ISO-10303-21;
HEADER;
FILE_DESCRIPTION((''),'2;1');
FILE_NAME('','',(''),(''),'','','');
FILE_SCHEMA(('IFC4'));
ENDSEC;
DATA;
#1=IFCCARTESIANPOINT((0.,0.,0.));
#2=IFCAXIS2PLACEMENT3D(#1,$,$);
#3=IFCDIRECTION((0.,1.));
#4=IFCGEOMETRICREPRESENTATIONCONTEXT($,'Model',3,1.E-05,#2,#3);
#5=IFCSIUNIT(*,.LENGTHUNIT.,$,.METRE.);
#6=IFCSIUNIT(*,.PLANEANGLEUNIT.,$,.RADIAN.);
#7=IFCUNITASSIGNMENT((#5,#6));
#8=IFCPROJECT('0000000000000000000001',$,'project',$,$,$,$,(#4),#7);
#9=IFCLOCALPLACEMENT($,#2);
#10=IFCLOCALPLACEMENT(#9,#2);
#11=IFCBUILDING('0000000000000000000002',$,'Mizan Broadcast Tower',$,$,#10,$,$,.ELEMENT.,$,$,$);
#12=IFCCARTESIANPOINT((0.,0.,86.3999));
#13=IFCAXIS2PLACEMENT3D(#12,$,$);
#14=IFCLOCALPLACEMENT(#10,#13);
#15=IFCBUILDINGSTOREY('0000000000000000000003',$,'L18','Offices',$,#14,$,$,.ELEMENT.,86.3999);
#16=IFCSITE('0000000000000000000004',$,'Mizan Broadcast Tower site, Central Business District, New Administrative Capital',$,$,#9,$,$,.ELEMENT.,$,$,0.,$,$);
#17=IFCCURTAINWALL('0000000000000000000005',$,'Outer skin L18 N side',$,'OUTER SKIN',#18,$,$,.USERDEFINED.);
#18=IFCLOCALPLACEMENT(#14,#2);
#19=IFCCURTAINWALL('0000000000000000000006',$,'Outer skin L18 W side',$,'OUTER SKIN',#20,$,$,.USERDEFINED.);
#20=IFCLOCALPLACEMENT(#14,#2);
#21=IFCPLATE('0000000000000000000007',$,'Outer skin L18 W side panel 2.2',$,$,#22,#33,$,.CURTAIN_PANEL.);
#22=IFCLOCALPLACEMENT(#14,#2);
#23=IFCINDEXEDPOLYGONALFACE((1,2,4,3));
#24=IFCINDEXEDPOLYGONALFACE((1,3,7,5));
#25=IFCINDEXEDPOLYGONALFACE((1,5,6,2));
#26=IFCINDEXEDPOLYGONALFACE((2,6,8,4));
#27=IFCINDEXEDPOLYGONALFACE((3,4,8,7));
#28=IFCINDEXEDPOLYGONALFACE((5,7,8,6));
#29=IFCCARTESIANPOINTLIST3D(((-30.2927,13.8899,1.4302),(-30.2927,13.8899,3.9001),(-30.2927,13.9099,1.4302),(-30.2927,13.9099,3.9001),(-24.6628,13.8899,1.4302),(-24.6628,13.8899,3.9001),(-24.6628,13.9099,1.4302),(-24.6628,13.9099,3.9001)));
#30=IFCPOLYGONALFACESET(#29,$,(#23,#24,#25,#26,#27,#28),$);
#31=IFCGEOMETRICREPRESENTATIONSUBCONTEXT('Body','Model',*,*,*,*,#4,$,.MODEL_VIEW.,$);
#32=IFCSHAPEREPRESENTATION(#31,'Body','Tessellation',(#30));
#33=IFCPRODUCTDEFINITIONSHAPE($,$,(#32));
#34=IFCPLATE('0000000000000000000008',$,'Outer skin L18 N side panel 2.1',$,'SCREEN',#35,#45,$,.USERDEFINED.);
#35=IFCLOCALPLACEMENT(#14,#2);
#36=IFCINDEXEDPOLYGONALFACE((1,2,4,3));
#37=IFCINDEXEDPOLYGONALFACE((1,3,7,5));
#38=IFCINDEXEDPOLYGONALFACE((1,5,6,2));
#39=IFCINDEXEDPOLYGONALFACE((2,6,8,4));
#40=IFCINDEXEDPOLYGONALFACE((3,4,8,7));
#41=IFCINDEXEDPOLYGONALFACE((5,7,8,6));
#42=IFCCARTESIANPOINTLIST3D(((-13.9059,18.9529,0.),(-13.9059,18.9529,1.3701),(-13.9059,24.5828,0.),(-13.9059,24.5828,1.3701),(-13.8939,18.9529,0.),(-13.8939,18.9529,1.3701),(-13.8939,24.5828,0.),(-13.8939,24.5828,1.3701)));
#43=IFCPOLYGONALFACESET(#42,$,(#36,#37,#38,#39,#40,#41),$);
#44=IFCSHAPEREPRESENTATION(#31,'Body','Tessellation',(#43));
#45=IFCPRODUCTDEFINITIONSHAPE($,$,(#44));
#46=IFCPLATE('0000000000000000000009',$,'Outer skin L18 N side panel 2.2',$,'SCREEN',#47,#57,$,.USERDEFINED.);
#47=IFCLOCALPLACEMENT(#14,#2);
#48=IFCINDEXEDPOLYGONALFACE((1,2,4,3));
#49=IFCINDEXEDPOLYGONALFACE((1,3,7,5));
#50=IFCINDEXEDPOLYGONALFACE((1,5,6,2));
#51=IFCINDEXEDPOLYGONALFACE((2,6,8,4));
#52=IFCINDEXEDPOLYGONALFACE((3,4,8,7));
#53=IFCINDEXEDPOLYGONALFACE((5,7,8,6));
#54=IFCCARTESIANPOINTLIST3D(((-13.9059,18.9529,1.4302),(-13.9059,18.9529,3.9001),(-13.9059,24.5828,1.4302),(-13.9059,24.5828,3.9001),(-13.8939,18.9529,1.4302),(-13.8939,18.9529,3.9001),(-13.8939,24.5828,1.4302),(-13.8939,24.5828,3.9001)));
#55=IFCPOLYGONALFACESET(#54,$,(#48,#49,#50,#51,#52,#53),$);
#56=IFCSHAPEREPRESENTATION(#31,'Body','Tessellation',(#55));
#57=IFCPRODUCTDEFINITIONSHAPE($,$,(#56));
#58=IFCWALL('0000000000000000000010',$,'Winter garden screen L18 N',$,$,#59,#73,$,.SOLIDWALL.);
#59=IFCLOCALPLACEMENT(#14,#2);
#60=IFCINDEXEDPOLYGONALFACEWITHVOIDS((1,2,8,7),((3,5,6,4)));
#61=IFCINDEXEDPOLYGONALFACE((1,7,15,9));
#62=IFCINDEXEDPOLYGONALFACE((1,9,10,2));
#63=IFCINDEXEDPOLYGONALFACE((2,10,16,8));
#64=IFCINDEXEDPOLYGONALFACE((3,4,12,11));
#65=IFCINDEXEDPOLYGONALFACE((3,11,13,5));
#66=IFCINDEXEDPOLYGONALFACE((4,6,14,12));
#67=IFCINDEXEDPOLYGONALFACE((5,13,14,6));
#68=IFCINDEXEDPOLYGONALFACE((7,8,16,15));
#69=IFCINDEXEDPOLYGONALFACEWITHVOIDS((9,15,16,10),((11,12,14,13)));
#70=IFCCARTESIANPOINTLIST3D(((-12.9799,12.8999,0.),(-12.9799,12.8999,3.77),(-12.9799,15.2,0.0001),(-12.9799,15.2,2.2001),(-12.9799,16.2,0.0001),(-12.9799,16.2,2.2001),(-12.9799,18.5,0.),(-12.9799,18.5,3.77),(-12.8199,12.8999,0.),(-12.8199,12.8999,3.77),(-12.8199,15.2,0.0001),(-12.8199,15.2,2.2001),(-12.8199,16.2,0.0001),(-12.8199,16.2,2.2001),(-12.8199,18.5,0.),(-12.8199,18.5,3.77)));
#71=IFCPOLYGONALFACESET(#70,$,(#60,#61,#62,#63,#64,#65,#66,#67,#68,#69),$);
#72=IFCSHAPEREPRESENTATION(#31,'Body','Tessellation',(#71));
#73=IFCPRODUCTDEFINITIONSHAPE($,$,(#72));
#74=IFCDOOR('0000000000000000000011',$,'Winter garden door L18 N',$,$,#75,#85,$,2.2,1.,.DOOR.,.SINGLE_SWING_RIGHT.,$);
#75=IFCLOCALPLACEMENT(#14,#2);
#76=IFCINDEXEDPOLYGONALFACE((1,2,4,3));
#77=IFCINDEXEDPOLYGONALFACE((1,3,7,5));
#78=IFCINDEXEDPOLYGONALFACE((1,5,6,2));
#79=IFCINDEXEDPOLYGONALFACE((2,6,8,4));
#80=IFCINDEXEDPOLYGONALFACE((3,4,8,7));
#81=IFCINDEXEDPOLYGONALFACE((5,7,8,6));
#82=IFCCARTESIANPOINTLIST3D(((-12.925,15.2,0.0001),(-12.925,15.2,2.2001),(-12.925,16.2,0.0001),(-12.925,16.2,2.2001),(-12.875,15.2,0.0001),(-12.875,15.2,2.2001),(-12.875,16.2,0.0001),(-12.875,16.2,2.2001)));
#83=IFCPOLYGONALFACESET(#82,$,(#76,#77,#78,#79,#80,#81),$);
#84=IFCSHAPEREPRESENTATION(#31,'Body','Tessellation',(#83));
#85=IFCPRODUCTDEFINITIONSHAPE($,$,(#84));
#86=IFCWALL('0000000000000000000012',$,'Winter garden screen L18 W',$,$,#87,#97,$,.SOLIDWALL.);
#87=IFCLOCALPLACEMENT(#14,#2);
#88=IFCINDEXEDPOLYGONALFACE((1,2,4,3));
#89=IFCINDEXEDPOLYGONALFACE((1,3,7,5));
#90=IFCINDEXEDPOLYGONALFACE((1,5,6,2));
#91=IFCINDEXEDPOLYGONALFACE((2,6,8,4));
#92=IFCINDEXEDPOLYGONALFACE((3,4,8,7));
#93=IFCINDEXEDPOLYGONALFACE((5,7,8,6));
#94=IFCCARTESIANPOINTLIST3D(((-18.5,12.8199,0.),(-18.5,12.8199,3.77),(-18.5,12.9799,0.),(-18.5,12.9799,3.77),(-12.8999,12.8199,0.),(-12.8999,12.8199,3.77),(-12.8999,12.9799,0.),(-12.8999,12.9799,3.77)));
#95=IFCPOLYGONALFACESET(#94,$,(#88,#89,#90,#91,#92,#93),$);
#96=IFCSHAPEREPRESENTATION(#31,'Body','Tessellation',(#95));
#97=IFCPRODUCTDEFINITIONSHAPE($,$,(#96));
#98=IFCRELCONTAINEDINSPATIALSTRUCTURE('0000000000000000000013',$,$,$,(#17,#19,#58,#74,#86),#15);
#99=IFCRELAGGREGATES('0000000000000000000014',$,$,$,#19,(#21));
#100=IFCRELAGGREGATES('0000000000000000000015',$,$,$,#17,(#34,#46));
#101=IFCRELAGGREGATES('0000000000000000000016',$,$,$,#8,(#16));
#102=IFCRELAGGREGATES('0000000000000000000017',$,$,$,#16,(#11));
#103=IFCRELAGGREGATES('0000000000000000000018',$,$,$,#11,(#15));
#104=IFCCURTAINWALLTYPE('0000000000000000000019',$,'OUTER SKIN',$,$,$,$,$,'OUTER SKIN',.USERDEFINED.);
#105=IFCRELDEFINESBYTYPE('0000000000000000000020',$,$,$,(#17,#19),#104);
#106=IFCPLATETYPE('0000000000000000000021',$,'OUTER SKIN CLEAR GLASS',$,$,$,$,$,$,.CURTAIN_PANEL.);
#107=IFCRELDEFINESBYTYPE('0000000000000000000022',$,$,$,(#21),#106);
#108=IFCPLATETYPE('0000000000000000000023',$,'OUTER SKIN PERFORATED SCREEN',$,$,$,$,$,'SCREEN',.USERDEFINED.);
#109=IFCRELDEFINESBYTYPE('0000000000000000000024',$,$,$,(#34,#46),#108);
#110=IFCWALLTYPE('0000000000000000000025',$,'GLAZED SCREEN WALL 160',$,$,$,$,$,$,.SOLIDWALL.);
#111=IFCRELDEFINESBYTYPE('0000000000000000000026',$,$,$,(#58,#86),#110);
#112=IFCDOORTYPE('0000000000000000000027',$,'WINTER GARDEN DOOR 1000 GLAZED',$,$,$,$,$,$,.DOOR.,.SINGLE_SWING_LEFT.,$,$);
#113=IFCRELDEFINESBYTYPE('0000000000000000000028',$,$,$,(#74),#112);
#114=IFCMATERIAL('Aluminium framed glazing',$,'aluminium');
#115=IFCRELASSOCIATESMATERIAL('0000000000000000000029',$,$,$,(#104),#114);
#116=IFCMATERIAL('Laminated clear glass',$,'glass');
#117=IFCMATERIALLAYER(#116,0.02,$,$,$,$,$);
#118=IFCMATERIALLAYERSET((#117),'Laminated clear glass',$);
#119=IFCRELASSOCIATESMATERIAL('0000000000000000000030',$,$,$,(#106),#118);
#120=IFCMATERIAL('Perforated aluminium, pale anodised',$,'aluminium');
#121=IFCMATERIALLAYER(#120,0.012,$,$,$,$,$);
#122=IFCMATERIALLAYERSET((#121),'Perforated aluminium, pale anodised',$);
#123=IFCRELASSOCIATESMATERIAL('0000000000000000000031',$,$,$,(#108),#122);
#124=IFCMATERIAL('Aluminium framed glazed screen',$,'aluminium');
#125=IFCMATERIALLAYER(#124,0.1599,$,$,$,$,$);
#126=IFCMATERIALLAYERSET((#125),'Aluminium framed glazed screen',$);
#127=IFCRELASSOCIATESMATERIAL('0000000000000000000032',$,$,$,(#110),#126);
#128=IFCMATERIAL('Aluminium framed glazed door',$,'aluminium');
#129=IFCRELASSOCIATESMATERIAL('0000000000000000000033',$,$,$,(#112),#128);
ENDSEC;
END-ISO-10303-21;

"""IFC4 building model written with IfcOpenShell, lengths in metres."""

from ifc_helpers import new_model, si_unit, direction, frame, frame_2d, origin, origin_2d, place, context, subcontext, project, spatial, rectangle, extrude, material, layer, layer_set, type_object, element, fill, aggregate, save


model = new_model("IFC4")

# Units and contexts
model_context = context("Model", 3, precision=1e-05, world=origin(), true_north=direction((0.0, 1.0)))
body_context = subcontext(model_context, "Body", "Model", "MODEL_VIEW")
ifc_project = project(units=[si_unit("LENGTHUNIT", "METRE"), si_unit("PLANEANGLEUNIT", "RADIAN")], contexts=[model_context])

# Site, building, storey
site_placement = place(None, origin())
site = spatial("IfcSite", under=ifc_project, at=site_placement, Name="Mizan Broadcast Tower site, Central Business District, New Administrative Capital", CompositionType="ELEMENT", RefElevation=0.0)
building_placement = place(site_placement, origin())
building = spatial("IfcBuilding", under=site, at=building_placement, Name="Mizan Broadcast Tower", CompositionType="ELEMENT")
storey_placement = place(building_placement, frame((0.0, 0.0, 86.3999)))
storey = spatial("IfcBuildingStorey", under=building, at=storey_placement, Name="L18", Description="Offices", CompositionType="ELEMENT", Elevation=86.3999)

# Shared definitions
ifc_material_1 = material(Name="Aluminium framed glazing", Category="aluminium")
curtain_wall_type_1 = type_object("IfcCurtainWallType", Name="OUTER SKIN", ElementType="OUTER SKIN", PredefinedType="USERDEFINED", material=ifc_material_1)

# Curtain wall
curtain_wall_1_placement = place(storey_placement, origin())
curtain_wall_1 = element("IfcCurtainWall", 1, at=curtain_wall_1_placement, inside=storey, type_object=curtain_wall_type_1, Name="Outer skin L18 N side", ObjectType="OUTER SKIN", PredefinedType="USERDEFINED")

# Curtain wall
curtain_wall_2_placement = place(storey_placement, origin())
curtain_wall_2 = element("IfcCurtainWall", 2, at=curtain_wall_2_placement, inside=storey, type_object=curtain_wall_type_1, Name="Outer skin L18 W side", ObjectType="OUTER SKIN", PredefinedType="USERDEFINED")

# Plates
ifc_material_2 = material(Name="Laminated clear glass", Category="glass")
ifc_layer_1 = layer(ifc_material_2, 0.02)
ifc_layer_set_1 = layer_set([ifc_layer_1], Name="Laminated clear glass")
plate_type_1 = type_object("IfcPlateType", Name="OUTER SKIN CLEAR GLASS", PredefinedType="CURTAIN_PANEL", material=ifc_layer_set_1)
plate_1_placement = place(storey_placement, frame((-27.4778, 13.8999, 1.4302), z_axis=(0.0, 0.0, 1.0), x_axis=(-1.0, 0.0, 0.0)))
plate_1 = element("IfcPlate", 3, at=plate_1_placement, type_object=plate_type_1, Name="Outer skin L18 W side panel 2.2", PredefinedType="CURTAIN_PANEL", context=body_context, shape_type="SweptSolid", body=[
    extrude(rectangle(XDim=5.6299, YDim=0.02, at=origin_2d()), origin(), (0.0, 0.0, 1.0), 2.47),
])
aggregate(curtain_wall_2, [plate_1])
ifc_material_3 = material(Name="Perforated aluminium, pale anodised", Category="aluminium")
ifc_layer_2 = layer(ifc_material_3, 0.012)
ifc_layer_set_2 = layer_set([ifc_layer_2], Name="Perforated aluminium, pale anodised")
plate_type_2 = type_object("IfcPlateType", Name="OUTER SKIN PERFORATED SCREEN", ElementType="SCREEN", PredefinedType="USERDEFINED", material=ifc_layer_set_2)
plate_2_placement = place(storey_placement, frame((-13.8999, 21.7678, 0.0), z_axis=(0.0, 0.0, 1.0), x_axis=(0.0, -1.0, 0.0)))
plate_2 = element("IfcPlate", 4, at=plate_2_placement, type_object=plate_type_2, Name="Outer skin L18 N side panel 2.1", ObjectType="SCREEN", PredefinedType="USERDEFINED", context=body_context, shape_type="SweptSolid", body=[
    extrude(rectangle(XDim=5.6299, YDim=0.012, at=origin_2d()), origin(), (0.0, 0.0, 1.0), 1.3701),
])
plate_3_placement = place(storey_placement, frame((-13.8999, 21.7678, 1.4302), z_axis=(0.0, 0.0, 1.0), x_axis=(0.0, -1.0, 0.0)))
plate_3 = element("IfcPlate", 5, at=plate_3_placement, type_object=plate_type_2, Name="Outer skin L18 N side panel 2.2", ObjectType="SCREEN", PredefinedType="USERDEFINED", context=body_context, shape_type="SweptSolid", body=[
    extrude(rectangle(XDim=5.6299, YDim=0.012, at=origin_2d()), origin(), (0.0, 0.0, 1.0), 2.47),
])
aggregate(curtain_wall_1, [plate_2, plate_3])

# Wall, opening, door
ifc_material_4 = material(Name="Aluminium framed glazed screen", Category="aluminium")
ifc_layer_3 = layer(ifc_material_4, 0.1599)
ifc_layer_set_3 = layer_set([ifc_layer_3], Name="Aluminium framed glazed screen")
wall_type = type_object("IfcWallType", Name="GLAZED SCREEN WALL 160", PredefinedType="SOLIDWALL", material=ifc_layer_set_3)
wall_1_placement = place(storey_placement, frame((-12.8999, 18.5, 0.0), z_axis=(0.0, 0.0, 1.0), x_axis=(0.0, -1.0, 0.0)))
wall_1 = element("IfcWall", 6, at=wall_1_placement, inside=storey, type_object=wall_type, Name="Winter garden screen L18 N", PredefinedType="SOLIDWALL", context=body_context, shape_type="SweptSolid", body=[
    extrude(rectangle(XDim=5.6001, YDim=0.1599, at=frame_2d((2.8, 0.0))), origin(), (0.0, 0.0, 1.0), 3.77),
])
opening_placement = place(wall_1_placement, frame((2.3, 0.0, 0.0)))
opening = element("IfcOpeningElement", 7, at=opening_placement, cuts=wall_1, PredefinedType="OPENING", context=body_context, shape_type="SweptSolid", body=[
    extrude(rectangle(XDim=1.0, YDim=2.2, at=frame_2d((0.5, 1.1001))), frame((0.0, 0.0898, 0.0), z_axis=(0.0, -1.0, 0.0), x_axis=(1.0, 0.0, 0.0)), (0.0, 0.0, 1.0), 0.1799),
])
ifc_material_5 = material(Name="Aluminium framed glazed door", Category="aluminium")
door_type = type_object("IfcDoorType", Name="WINTER GARDEN DOOR 1000 GLAZED", OperationType="SINGLE_SWING_LEFT", PredefinedType="DOOR", material=ifc_material_5)
door_placement = place(opening_placement, origin())
door = element("IfcDoor", 8, at=door_placement, inside=storey, type_object=door_type, Name="Winter garden door L18 N", OperationType="SINGLE_SWING_RIGHT", OverallHeight=2.2, OverallWidth=1.0, PredefinedType="DOOR", context=body_context, shape_type="SweptSolid", body=[
    extrude(rectangle(XDim=1.0, YDim=2.2, at=frame_2d((0.5, 1.1001))), frame((0.0, 0.0249, 0.0), z_axis=(0.0, -1.0, 0.0), x_axis=(1.0, 0.0, 0.0)), (0.0, 0.0, 1.0), 0.05),
])
fill(opening, door)

# Wall
wall_2_placement = place(storey_placement, frame((-12.8999, 12.8999, 0.0), z_axis=(0.0, 0.0, 1.0), x_axis=(-1.0, 0.0, 0.0)))
element("IfcWall", 9, at=wall_2_placement, inside=storey, type_object=wall_type, Name="Winter garden screen L18 W", PredefinedType="SOLIDWALL", context=body_context, shape_type="SweptSolid", body=[
    extrude(rectangle(XDim=5.6001, YDim=0.1599, at=frame_2d((2.8, 0.0))), origin(), (0.0, 0.0, 1.0), 3.77),
])

save(model, "model.ifc")
